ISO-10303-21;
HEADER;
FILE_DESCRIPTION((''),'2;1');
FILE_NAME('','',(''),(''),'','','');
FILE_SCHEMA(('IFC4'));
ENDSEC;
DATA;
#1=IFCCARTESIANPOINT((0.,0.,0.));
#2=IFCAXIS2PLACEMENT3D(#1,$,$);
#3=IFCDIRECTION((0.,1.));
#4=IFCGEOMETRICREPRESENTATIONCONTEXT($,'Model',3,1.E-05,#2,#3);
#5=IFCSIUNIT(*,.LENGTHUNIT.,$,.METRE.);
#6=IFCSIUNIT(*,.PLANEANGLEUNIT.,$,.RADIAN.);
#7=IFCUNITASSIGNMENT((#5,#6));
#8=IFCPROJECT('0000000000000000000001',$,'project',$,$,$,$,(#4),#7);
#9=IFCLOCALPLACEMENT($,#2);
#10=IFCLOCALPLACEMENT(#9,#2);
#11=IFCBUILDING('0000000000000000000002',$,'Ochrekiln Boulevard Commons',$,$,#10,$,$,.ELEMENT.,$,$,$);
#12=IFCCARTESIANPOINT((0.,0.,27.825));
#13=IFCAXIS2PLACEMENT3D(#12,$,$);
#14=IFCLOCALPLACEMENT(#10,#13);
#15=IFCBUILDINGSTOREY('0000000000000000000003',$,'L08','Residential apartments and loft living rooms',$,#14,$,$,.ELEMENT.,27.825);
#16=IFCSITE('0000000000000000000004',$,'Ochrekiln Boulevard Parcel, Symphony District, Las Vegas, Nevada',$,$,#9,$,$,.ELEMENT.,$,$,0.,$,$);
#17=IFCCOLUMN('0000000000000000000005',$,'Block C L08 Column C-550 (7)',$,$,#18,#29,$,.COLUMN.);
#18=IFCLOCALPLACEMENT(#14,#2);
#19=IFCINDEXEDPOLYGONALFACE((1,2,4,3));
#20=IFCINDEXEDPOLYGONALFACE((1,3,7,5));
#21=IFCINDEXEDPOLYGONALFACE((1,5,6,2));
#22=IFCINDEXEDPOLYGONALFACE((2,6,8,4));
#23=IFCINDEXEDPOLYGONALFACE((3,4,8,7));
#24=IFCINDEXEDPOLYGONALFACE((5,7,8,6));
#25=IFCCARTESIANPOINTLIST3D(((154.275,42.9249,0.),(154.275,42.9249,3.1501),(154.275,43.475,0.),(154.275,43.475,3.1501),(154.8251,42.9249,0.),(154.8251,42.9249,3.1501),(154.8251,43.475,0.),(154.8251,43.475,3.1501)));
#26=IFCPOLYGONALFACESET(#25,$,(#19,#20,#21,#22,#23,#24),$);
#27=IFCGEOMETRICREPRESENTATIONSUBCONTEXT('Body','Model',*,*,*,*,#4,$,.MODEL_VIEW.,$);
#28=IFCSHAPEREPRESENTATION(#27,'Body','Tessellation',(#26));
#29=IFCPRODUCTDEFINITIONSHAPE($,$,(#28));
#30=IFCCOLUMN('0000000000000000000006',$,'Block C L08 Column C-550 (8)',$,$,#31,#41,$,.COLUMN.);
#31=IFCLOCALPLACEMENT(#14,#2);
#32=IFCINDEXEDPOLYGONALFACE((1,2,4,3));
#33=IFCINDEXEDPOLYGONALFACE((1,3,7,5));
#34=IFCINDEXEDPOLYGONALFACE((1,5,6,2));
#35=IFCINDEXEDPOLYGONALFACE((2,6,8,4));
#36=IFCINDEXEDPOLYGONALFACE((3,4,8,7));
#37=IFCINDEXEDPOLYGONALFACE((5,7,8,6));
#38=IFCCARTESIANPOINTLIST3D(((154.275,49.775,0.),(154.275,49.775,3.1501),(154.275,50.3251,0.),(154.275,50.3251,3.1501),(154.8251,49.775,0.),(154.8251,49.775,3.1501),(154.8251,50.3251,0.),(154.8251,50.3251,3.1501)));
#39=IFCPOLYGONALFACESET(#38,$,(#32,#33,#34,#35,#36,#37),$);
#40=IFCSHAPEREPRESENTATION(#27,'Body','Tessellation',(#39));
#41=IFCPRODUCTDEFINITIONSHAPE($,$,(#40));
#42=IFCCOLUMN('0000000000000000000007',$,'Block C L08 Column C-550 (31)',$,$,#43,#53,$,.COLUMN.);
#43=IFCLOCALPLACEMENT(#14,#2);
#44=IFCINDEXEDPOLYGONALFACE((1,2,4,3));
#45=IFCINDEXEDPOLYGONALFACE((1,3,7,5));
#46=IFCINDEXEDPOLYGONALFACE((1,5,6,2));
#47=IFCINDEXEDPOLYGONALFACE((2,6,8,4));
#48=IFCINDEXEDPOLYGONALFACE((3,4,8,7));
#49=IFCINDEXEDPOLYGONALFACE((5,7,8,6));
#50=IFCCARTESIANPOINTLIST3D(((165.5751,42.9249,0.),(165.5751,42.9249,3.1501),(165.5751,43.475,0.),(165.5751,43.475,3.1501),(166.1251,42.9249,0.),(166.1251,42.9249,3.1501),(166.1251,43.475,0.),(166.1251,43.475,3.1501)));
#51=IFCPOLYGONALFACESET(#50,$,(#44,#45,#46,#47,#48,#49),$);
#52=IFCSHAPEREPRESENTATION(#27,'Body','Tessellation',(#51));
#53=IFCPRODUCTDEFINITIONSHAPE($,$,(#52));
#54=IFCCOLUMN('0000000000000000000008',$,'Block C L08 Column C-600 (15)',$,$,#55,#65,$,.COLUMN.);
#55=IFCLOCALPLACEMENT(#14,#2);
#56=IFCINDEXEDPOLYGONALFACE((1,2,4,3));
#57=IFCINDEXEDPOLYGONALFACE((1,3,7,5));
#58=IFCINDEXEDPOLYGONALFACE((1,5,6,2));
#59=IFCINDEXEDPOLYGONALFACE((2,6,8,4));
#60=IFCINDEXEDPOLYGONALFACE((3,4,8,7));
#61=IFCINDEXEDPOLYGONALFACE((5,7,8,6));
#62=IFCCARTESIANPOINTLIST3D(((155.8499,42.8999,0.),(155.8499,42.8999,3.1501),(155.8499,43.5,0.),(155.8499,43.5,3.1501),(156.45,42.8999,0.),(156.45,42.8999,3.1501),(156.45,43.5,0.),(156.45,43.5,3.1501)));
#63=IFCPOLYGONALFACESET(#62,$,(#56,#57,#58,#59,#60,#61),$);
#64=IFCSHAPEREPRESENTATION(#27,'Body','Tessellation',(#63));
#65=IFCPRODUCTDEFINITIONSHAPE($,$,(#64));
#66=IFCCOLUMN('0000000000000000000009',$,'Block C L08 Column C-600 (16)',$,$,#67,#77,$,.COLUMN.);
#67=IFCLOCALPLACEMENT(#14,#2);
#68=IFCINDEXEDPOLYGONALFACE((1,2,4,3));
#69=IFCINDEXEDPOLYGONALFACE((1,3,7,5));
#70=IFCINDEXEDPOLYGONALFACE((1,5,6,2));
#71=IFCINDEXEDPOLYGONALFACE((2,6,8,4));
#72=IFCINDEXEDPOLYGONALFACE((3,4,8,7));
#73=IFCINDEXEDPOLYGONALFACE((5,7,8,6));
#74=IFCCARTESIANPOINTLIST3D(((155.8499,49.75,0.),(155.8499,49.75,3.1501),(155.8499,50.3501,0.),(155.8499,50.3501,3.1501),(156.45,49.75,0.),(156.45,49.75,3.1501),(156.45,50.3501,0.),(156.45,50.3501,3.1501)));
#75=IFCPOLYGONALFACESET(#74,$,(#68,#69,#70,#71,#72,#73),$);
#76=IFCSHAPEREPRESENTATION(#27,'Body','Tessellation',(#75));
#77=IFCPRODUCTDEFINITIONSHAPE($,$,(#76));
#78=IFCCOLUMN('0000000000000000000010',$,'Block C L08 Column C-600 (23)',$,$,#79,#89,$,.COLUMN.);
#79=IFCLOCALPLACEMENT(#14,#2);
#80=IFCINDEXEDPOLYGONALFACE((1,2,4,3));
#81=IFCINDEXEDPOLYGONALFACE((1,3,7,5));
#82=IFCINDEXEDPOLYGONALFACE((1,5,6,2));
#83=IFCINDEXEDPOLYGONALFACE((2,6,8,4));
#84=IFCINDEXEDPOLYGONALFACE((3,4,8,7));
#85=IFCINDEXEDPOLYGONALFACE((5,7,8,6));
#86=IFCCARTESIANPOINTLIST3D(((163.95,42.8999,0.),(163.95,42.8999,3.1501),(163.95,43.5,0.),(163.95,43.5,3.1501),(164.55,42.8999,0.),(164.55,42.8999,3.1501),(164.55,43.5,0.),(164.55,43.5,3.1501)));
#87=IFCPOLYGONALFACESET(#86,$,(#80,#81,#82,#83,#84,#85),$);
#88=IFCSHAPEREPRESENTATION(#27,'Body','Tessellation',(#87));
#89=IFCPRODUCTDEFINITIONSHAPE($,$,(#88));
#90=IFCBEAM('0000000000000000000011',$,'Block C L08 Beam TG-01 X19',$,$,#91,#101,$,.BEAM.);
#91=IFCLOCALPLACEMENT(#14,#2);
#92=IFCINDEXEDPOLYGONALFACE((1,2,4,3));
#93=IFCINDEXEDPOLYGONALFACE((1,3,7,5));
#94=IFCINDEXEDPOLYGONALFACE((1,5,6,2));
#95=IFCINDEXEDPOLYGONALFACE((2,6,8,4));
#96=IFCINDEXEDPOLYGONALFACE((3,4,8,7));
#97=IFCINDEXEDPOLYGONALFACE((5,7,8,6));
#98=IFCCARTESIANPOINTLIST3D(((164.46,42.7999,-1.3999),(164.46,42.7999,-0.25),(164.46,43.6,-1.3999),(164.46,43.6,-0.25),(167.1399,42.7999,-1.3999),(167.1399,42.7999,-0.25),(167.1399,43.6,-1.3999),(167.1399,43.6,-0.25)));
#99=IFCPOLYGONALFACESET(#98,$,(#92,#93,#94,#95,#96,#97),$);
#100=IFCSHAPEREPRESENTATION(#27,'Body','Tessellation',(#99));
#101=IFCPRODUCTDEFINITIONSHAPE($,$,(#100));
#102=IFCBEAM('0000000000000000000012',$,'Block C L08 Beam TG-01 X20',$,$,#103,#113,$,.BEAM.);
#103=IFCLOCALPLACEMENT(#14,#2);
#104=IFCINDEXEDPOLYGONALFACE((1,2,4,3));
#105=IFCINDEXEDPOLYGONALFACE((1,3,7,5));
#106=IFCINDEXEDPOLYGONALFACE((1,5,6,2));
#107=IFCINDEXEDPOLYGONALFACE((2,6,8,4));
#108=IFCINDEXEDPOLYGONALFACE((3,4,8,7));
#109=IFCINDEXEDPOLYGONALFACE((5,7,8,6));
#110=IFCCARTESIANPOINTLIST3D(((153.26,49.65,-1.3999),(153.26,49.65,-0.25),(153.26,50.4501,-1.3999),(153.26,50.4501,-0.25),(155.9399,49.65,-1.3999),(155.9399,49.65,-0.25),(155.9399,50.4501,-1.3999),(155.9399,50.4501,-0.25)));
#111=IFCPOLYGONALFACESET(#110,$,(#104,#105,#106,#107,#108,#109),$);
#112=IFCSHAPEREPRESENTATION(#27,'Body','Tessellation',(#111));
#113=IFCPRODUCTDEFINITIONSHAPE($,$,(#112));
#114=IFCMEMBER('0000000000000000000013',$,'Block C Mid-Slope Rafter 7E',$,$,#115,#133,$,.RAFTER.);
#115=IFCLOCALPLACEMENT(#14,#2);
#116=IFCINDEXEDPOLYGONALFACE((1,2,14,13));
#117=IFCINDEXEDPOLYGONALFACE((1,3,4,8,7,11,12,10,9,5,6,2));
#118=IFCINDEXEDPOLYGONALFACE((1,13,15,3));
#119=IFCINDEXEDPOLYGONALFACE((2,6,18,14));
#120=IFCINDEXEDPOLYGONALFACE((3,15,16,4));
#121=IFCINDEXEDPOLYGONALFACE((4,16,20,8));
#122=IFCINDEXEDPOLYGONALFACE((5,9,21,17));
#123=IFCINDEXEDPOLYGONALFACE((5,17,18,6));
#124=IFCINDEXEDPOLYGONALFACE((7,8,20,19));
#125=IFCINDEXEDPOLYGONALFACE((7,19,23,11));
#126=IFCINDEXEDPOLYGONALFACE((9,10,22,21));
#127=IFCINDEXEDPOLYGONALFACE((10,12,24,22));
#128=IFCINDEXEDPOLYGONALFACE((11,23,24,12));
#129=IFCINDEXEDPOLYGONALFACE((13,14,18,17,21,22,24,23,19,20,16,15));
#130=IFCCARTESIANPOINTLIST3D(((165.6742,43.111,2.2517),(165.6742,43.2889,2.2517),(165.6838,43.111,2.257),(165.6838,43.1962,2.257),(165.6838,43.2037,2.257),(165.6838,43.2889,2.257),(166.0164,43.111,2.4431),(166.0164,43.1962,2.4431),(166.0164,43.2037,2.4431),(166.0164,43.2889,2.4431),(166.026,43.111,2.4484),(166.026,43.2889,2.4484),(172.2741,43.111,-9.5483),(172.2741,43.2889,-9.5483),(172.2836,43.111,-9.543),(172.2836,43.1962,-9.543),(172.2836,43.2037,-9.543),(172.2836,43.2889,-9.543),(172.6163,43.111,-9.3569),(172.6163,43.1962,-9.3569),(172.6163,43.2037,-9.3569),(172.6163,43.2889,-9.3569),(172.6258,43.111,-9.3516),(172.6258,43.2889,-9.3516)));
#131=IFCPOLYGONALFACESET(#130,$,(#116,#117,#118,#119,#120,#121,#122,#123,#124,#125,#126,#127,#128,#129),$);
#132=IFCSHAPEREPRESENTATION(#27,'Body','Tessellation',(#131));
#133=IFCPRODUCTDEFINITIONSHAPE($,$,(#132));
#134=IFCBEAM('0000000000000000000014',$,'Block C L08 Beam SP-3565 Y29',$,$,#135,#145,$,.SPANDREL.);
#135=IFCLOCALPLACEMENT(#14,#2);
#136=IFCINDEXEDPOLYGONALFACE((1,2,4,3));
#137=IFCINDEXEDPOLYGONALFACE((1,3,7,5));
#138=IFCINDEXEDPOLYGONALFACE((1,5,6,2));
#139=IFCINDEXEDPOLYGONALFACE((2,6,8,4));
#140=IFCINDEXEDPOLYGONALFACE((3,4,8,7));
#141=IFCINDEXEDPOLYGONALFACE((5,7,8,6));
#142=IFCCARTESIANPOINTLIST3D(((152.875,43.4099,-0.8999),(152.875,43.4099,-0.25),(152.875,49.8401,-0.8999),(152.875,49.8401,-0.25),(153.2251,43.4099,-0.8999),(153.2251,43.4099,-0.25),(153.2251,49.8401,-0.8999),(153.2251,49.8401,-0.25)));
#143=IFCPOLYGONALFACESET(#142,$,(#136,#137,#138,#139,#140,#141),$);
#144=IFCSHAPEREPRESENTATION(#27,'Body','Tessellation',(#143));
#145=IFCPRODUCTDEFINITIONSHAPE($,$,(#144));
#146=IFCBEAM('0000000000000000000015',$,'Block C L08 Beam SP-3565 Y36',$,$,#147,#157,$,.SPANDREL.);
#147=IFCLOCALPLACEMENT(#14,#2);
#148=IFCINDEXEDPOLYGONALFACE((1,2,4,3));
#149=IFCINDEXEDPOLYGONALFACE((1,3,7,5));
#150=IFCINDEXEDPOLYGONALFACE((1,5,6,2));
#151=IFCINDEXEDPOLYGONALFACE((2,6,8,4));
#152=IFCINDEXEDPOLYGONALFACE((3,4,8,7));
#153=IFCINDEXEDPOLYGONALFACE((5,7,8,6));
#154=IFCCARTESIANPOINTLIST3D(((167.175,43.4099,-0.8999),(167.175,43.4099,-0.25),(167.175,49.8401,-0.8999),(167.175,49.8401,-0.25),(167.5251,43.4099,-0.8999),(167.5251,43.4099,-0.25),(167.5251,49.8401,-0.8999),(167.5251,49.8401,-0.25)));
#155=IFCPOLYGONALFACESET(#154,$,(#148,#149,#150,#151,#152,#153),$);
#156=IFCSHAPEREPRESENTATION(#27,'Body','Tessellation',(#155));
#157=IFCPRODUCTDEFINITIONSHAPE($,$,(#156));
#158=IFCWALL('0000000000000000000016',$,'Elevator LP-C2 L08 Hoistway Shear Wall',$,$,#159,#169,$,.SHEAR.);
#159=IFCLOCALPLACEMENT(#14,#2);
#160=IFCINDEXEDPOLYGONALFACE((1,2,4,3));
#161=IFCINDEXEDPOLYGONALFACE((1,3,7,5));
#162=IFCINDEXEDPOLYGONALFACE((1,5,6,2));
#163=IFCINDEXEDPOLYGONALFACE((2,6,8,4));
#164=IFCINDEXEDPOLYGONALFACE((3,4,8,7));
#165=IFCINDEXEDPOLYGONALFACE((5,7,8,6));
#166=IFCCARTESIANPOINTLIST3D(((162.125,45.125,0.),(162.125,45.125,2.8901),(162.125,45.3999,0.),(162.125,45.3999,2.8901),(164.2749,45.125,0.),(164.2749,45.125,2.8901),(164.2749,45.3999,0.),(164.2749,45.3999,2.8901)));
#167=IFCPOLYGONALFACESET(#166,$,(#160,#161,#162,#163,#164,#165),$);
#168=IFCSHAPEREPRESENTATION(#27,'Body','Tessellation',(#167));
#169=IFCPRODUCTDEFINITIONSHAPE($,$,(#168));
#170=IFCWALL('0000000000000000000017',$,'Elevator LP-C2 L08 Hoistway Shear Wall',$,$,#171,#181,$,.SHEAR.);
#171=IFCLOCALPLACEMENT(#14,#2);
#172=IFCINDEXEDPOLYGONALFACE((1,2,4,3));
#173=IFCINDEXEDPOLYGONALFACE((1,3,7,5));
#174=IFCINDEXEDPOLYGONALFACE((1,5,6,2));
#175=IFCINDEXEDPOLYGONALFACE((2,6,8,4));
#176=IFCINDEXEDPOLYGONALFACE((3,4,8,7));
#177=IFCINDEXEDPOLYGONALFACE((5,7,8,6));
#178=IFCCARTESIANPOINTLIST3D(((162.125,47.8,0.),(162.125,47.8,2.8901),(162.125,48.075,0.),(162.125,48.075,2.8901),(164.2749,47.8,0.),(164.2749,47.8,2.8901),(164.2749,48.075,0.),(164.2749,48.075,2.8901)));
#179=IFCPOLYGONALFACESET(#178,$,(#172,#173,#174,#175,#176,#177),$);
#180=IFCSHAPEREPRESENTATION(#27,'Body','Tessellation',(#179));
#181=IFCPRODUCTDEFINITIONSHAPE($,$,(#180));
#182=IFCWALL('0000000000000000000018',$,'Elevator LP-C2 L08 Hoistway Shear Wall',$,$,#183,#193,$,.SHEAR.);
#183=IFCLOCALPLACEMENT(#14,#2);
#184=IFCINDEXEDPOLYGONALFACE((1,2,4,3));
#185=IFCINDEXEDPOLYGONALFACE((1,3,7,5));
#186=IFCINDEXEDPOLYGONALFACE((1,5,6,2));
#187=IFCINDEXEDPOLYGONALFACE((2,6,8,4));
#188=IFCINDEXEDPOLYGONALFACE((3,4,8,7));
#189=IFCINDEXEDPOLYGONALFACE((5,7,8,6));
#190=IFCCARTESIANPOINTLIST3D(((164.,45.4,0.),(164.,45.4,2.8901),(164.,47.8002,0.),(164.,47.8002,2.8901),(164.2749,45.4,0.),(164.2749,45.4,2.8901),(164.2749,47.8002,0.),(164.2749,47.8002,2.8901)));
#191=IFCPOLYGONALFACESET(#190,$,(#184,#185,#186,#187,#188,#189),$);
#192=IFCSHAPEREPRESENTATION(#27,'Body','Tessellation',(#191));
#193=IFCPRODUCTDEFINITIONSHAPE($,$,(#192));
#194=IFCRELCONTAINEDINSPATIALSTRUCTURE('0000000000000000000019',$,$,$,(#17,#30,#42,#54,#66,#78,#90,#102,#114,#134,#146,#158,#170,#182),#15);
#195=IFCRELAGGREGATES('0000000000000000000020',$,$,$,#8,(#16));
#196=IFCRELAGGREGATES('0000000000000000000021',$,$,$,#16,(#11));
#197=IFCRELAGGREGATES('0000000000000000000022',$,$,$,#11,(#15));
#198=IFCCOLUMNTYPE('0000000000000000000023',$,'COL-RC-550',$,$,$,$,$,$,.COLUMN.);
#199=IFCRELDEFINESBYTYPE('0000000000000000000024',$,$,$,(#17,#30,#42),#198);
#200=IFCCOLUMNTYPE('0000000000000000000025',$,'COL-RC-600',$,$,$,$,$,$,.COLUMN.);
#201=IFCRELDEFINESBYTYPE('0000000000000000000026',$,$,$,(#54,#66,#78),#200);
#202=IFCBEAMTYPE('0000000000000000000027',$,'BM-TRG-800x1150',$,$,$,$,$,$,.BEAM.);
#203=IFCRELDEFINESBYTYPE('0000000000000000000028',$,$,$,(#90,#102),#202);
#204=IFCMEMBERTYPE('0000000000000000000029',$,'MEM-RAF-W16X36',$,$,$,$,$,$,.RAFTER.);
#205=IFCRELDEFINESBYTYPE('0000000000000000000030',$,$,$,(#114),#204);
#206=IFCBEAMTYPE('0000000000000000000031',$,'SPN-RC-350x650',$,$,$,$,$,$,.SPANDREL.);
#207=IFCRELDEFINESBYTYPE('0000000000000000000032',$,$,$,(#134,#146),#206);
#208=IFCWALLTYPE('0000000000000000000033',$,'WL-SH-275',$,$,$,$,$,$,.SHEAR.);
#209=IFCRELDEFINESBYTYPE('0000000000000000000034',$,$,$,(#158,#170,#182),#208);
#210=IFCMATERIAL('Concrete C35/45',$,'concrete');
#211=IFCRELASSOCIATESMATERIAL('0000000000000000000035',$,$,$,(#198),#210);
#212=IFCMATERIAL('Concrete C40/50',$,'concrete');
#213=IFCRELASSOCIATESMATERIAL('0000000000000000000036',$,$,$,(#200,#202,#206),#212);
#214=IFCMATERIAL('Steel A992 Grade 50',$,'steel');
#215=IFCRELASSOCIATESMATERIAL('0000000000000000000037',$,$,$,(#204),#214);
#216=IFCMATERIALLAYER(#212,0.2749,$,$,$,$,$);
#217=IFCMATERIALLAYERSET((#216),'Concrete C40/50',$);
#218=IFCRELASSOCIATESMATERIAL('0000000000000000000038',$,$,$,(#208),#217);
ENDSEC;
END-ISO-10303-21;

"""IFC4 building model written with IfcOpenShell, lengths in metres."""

from ifc_helpers import new_model, si_unit, direction, frame, frame_2d, origin, origin_2d, place, context, subcontext, project, spatial, rectangle, i_section, extrude, material, layer, layer_set, material_profile, profile_set, type_object, element, save


model = new_model("IFC4")

# Units and contexts
model_context = context("Model", 3, precision=1e-05, world=origin(), true_north=direction((0.0, 1.0)))
body_context = subcontext(model_context, "Body", "Model", "MODEL_VIEW")
ifc_project = project(units=[si_unit("LENGTHUNIT", "METRE"), si_unit("PLANEANGLEUNIT", "RADIAN")], contexts=[model_context])

# Site, building, storey
site_placement = place(None, origin())
site = spatial("IfcSite", under=ifc_project, at=site_placement, Name="Ochrekiln Boulevard Parcel, Symphony District, Las Vegas, Nevada", CompositionType="ELEMENT", RefElevation=0.0)
building_placement = place(site_placement, origin())
building = spatial("IfcBuilding", under=site, at=building_placement, Name="Ochrekiln Boulevard Commons", CompositionType="ELEMENT")
storey_placement = place(building_placement, frame((0.0, 0.0, 27.825)))
storey = spatial("IfcBuildingStorey", under=building, at=storey_placement, Name="L08", Description="Residential apartments and loft living rooms", CompositionType="ELEMENT", Elevation=27.825)

# Columns
ifc_material_1 = material(Name="Concrete C35/45", Category="concrete")
ifc_material_profile_1 = material_profile(ifc_material_1, rectangle(XDim=0.55, YDim=0.55, at=origin_2d()), Name="RC-COL-550x550")
ifc_profile_set_1 = profile_set([ifc_material_profile_1], Name="Concrete C35/45")
column_type_1 = type_object("IfcColumnType", Name="COL-RC-550", PredefinedType="COLUMN", material=ifc_profile_set_1)
for number, where, z_axis, x_axis, name in (
    (1, (154.55, 43.2, 0.0), (0.0, 0.0, 1.0), (1.0, 0.0, 0.0), "Block C L08 Column C-550 (7)"),
    (2, (154.55, 50.05, 0.0), (0.0, 0.0, 1.0), (1.0, 0.0, 0.0), "Block C L08 Column C-550 (8)"),
    (3, (165.8501, 43.2, 0.0), (0.0, 0.0, 1.0), (1.0, 0.0, 0.0), "Block C L08 Column C-550 (31)"),
):
    element("IfcColumn", number, at=place(storey_placement, frame(where, z_axis=z_axis, x_axis=x_axis)), inside=storey, type_object=column_type_1, Name=name, PredefinedType="COLUMN", context=body_context, shape_type="SweptSolid", body=[
        extrude(rectangle(XDim=0.55, YDim=0.55, at=origin_2d()), origin(), (0.0, 0.0, 1.0), 3.1501),
    ])
ifc_material_2 = material(Name="Concrete C40/50", Category="concrete")
ifc_material_profile_2 = material_profile(ifc_material_2, rectangle(XDim=0.6001, YDim=0.6001, at=origin_2d()), Name="RC-COL-600x600")
ifc_profile_set_2 = profile_set([ifc_material_profile_2], Name="Concrete C40/50")
column_type_2 = type_object("IfcColumnType", Name="COL-RC-600", PredefinedType="COLUMN", material=ifc_profile_set_2)
for number, where, z_axis, x_axis, name in (
    (4, (156.1499, 43.2, 0.0), (0.0, 0.0, 1.0), (1.0, 0.0, 0.0), "Block C L08 Column C-600 (15)"),
    (5, (156.1499, 50.05, 0.0), (0.0, 0.0, 1.0), (1.0, 0.0, 0.0), "Block C L08 Column C-600 (16)"),
    (6, (164.25, 43.2, 0.0), (0.0, 0.0, 1.0), (1.0, 0.0, 0.0), "Block C L08 Column C-600 (23)"),
):
    element("IfcColumn", number, at=place(storey_placement, frame(where, z_axis=z_axis, x_axis=x_axis)), inside=storey, type_object=column_type_2, Name=name, PredefinedType="COLUMN", context=body_context, shape_type="SweptSolid", body=[
        extrude(rectangle(XDim=0.6001, YDim=0.6001, at=origin_2d()), origin(), (0.0, 0.0, 1.0), 3.1501),
    ])

# Beams
ifc_material_profile_3 = material_profile(ifc_material_2, rectangle(XDim=0.8, YDim=1.1499, at=origin_2d()), Name="RC-TRG-800x1150")
ifc_profile_set_3 = profile_set([ifc_material_profile_3], Name="Concrete C40/50")
beam_type_1 = type_object("IfcBeamType", Name="BM-TRG-800x1150", PredefinedType="BEAM", material=ifc_profile_set_3)
for number, where, z_axis, x_axis, name in (
    (7, (164.46, 43.2, -0.825), (1.0, 0.0, 0.0), (0.0, 1.0, 0.0), "Block C L08 Beam TG-01 X19"),
    (8, (153.26, 50.05, -0.825), (1.0, 0.0, 0.0), (0.0, 1.0, 0.0), "Block C L08 Beam TG-01 X20"),
):
    element("IfcBeam", number, at=place(storey_placement, frame(where, z_axis=z_axis, x_axis=x_axis)), inside=storey, type_object=beam_type_1, Name=name, PredefinedType="BEAM", context=body_context, shape_type="SweptSolid", body=[
        extrude(rectangle(XDim=0.8, YDim=1.1499, at=origin_2d()), origin(), (0.0, 0.0, 1.0), 2.6799),
    ])

# Member
ifc_material_3 = material(Name="Steel A992 Grade 50", Category="steel")
ifc_material_profile_4 = material_profile(ifc_material_3, i_section(OverallWidth=0.178, OverallDepth=0.4031, WebThickness=0.0076, FlangeThickness=0.011, at=origin_2d()), Name="W16X36")
ifc_profile_set_4 = profile_set([ifc_material_profile_4], Name="Steel A992 Grade 50")
member_type = type_object("IfcMemberType", Name="MEM-RAF-W16X36", PredefinedType="RAFTER", material=ifc_profile_set_4)
member_placement = place(storey_placement, frame((172.45, 43.2, -9.45), z_axis=(-0.488143, 0.0, 0.872764), x_axis=(0.0, -1.0, 0.0)))
element("IfcMember", 9, at=member_placement, inside=storey, type_object=member_type, Name="Block C Mid-Slope Rafter 7E", PredefinedType="RAFTER", context=body_context, shape_type="SweptSolid", body=[
    extrude(i_section(OverallWidth=0.178, OverallDepth=0.4031, WebThickness=0.0076, FlangeThickness=0.011, at=origin_2d()), origin(), (0.0, 0.0, 1.0), 13.5203),
])

# Beams
ifc_material_profile_5 = material_profile(ifc_material_2, rectangle(XDim=0.3501, YDim=0.6499, at=origin_2d()), Name="RC-SPN-350x650")
ifc_profile_set_5 = profile_set([ifc_material_profile_5], Name="Concrete C40/50")
beam_type_2 = type_object("IfcBeamType", Name="SPN-RC-350x650", PredefinedType="SPANDREL", material=ifc_profile_set_5)
for number, where, z_axis, x_axis, name in (
    (10, (153.05, 43.4099, -0.575), (0.0, 1.0, 0.0), (-1.0, 0.0, 0.0), "Block C L08 Beam SP-3565 Y29"),
    (11, (167.3501, 43.4099, -0.575), (0.0, 1.0, 0.0), (-1.0, 0.0, 0.0), "Block C L08 Beam SP-3565 Y36"),
):
    element("IfcBeam", number, at=place(storey_placement, frame(where, z_axis=z_axis, x_axis=x_axis)), inside=storey, type_object=beam_type_2, Name=name, PredefinedType="SPANDREL", context=body_context, shape_type="SweptSolid", body=[
        extrude(rectangle(XDim=0.3501, YDim=0.6499, at=origin_2d()), origin(), (0.0, 0.0, 1.0), 6.4302),
    ])

# Walls
ifc_layer_1 = layer(ifc_material_2, 0.2749)
ifc_layer_set_1 = layer_set([ifc_layer_1], Name="Concrete C40/50")
wall_type_1 = type_object("IfcWallType", Name="WL-SH-275", PredefinedType="SHEAR", material=ifc_layer_set_1)
for number, where, z_axis, x_axis, name in (
    (12, (162.125, 45.2625, 0.0), (0.0, 0.0, 1.0), (1.0, 0.0, 0.0), "Elevator LP-C2 L08 Hoistway Shear Wall"),
    (13, (162.125, 47.9375, 0.0), (0.0, 0.0, 1.0), (1.0, 0.0, 0.0), "Elevator LP-C2 L08 Hoistway Shear Wall"),
):
    element("IfcWall", number, at=place(storey_placement, frame(where, z_axis=z_axis, x_axis=x_axis)), inside=storey, type_object=wall_type_1, Name=name, PredefinedType="SHEAR", context=body_context, shape_type="SweptSolid", body=[
        extrude(rectangle(XDim=2.1499, YDim=0.2749, at=frame_2d((1.075, 0.0))), origin(), (0.0, 0.0, 1.0), 2.8901),
    ])

# Wall
wall_1_placement = place(storey_placement, frame((164.1375, 45.3999, 0.0), z_axis=(0.0, 0.0, 1.0), x_axis=(0.0, 1.0, 0.0)))
element("IfcWall", 14, at=wall_1_placement, inside=storey, type_object=wall_type_1, Name="Elevator LP-C2 L08 Hoistway Shear Wall", PredefinedType="SHEAR", context=body_context, shape_type="SweptSolid", body=[
    extrude(rectangle(XDim=2.4001, YDim=0.2749, at=frame_2d((1.2002, 0.0))), origin(), (0.0, 0.0, 1.0), 2.8901),
])

save(model, "model.ifc")
